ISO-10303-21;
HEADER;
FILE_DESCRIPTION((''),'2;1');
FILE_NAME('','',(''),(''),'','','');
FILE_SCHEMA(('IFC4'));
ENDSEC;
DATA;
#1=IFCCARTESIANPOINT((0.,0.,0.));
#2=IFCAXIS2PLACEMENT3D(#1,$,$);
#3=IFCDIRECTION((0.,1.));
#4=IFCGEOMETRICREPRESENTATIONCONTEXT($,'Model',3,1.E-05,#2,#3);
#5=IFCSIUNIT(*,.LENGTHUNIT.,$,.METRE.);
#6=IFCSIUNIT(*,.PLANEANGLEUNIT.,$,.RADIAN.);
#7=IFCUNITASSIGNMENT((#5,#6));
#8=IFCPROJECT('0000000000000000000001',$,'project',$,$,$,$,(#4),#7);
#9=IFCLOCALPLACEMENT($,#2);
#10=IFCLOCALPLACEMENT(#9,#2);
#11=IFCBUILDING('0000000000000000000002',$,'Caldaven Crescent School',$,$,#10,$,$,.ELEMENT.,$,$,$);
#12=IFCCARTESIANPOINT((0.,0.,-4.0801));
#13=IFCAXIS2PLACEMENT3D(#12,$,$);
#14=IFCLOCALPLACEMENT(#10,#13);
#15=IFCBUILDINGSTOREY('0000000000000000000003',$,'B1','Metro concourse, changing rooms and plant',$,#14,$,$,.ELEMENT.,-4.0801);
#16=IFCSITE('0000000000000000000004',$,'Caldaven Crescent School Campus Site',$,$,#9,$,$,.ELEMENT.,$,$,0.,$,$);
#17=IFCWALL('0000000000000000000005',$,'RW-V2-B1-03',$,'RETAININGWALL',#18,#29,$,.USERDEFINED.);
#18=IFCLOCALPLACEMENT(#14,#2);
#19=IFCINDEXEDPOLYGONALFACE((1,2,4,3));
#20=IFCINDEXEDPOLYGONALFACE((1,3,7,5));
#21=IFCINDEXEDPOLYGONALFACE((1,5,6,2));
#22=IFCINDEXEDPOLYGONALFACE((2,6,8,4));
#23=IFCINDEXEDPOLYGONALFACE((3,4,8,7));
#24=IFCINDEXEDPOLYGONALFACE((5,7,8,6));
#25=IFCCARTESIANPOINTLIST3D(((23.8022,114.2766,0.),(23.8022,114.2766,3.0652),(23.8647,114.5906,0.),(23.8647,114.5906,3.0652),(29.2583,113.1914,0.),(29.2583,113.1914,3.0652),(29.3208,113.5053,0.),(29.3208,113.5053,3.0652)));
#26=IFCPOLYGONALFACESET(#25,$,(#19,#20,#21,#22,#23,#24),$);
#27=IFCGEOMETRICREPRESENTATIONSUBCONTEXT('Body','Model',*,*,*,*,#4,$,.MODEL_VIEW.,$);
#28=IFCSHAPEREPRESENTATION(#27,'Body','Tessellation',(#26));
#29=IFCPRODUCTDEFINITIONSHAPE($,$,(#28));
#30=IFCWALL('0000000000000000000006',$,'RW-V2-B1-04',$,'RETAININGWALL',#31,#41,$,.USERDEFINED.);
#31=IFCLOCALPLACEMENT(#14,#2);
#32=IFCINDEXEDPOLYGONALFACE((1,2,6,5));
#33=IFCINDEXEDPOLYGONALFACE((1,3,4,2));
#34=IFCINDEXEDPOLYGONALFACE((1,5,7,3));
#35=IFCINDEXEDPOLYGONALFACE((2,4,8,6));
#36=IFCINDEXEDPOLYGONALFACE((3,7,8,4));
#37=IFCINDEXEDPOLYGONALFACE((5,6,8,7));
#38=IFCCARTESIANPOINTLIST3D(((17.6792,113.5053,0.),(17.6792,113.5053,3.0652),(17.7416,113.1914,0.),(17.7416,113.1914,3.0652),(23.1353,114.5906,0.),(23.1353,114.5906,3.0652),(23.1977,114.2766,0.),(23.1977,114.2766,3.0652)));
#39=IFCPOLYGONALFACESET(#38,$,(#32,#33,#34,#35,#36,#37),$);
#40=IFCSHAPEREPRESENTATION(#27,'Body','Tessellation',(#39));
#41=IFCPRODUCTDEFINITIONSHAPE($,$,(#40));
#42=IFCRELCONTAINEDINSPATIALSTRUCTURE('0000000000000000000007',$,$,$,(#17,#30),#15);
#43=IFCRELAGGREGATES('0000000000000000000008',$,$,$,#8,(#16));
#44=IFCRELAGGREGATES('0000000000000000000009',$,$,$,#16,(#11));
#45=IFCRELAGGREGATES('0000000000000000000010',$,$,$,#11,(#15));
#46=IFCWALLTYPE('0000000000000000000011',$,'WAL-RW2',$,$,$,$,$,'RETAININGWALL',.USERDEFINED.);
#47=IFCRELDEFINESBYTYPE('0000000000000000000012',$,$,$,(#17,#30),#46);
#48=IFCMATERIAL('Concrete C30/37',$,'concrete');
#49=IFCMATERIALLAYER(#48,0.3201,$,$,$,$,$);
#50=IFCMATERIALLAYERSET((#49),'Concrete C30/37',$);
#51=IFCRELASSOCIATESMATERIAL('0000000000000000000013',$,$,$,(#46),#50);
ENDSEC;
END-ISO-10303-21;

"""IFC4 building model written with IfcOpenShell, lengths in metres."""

from ifc_helpers import new_model, si_unit, direction, frame, frame_2d, origin, place, context, subcontext, project, spatial, rectangle, extrude, material, layer, layer_set, type_object, element, save


model = new_model("IFC4")

# Units and contexts
model_context = context("Model", 3, precision=1e-05, world=origin(), true_north=direction((0.0, 1.0)))
body_context = subcontext(model_context, "Body", "Model", "MODEL_VIEW")
ifc_project = project(units=[si_unit("LENGTHUNIT", "METRE"), si_unit("PLANEANGLEUNIT", "RADIAN")], contexts=[model_context])

# Site, building, storey
site_placement = place(None, origin())
site = spatial("IfcSite", under=ifc_project, at=site_placement, Name="Caldaven Crescent School Campus Site", CompositionType="ELEMENT", RefElevation=0.0)
building_placement = place(site_placement, origin())
building = spatial("IfcBuilding", under=site, at=building_placement, Name="Caldaven Crescent School", CompositionType="ELEMENT")
storey_placement = place(building_placement, frame((0.0, 0.0, -4.0801)))
storey = spatial("IfcBuildingStorey", under=building, at=storey_placement, Name="B1", Description="Metro concourse, changing rooms and plant", CompositionType="ELEMENT", Elevation=-4.0801)

# Shared definitions
ifc_material_1 = material(Name="Concrete C30/37", Category="concrete")

# Walls
ifc_layer = layer(ifc_material_1, 0.3201)
ifc_layer_set = layer_set([ifc_layer], Name="Concrete C30/37")
wall_type = type_object("IfcWallType", Name="WAL-RW2", ElementType="RETAININGWALL", PredefinedType="USERDEFINED", material=ifc_layer_set)
for number, where, z_axis, x_axis, name in (
    (1, (29.2896, 113.3484, 0.0), (0.0, 0.0, 1.0), (-0.980788, 0.195078, 0.0), "RW-V2-B1-03"),
    (2, (23.1665, 114.4336, 0.0), (0.0, 0.0, 1.0), (-0.980788, -0.195078, 0.0), "RW-V2-B1-04"),
):
    element("IfcWall", number, at=place(storey_placement, frame(where, z_axis=z_axis, x_axis=x_axis)), inside=storey, type_object=wall_type, Name=name, ObjectType="RETAININGWALL", PredefinedType="USERDEFINED", context=body_context, shape_type="SweptSolid", body=[
        extrude(rectangle(XDim=5.563, YDim=0.3201, at=frame_2d((2.7815, 0.0))), origin(), (0.0, 0.0, 1.0), 3.0652),
    ])

save(model, "model.ifc")
